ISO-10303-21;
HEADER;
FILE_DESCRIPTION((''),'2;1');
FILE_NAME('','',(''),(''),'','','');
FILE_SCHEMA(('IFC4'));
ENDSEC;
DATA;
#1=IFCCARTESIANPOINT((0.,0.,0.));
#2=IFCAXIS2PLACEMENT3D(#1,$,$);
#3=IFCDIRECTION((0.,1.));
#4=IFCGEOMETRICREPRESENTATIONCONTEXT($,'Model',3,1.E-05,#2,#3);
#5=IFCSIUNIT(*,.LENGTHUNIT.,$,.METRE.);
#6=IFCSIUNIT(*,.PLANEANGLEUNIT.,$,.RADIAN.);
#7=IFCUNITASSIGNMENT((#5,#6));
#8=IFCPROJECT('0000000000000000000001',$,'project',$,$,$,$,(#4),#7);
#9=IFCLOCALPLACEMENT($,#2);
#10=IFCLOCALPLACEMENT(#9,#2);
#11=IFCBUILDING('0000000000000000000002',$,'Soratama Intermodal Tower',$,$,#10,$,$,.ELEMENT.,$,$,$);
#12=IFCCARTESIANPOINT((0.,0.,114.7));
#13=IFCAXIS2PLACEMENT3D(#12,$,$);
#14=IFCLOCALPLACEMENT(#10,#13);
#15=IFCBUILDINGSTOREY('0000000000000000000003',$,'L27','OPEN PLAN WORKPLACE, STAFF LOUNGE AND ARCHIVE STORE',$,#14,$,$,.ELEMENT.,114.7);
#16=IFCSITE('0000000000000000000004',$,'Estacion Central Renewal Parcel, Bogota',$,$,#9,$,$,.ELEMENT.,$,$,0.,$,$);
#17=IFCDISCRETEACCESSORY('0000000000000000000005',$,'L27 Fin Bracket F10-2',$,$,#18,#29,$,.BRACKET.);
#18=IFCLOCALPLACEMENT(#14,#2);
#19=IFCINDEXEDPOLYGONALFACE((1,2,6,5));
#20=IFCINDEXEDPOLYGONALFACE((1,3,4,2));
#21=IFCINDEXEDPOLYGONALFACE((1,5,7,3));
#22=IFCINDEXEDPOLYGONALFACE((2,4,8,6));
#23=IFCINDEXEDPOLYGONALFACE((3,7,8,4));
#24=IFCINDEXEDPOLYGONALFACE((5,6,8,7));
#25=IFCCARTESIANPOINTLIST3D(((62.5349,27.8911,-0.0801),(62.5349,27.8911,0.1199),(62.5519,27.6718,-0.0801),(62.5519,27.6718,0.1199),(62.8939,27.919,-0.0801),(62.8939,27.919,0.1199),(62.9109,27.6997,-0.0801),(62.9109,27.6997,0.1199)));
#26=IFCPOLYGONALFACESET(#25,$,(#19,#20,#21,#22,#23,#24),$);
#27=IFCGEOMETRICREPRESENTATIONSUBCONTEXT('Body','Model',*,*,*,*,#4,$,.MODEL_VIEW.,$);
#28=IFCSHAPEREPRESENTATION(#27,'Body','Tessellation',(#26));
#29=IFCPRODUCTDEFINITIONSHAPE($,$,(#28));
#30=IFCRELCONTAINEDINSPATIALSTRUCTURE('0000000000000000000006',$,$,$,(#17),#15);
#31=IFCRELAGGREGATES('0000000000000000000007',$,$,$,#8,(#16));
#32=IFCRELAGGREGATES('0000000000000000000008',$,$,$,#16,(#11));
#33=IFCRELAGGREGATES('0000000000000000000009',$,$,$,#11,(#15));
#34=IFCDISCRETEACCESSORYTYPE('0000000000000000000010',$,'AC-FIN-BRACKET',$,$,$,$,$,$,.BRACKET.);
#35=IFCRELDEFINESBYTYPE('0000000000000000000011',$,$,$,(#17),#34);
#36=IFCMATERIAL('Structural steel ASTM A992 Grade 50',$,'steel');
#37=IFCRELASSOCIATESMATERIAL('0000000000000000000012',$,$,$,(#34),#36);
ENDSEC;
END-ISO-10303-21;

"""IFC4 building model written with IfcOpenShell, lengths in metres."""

from ifc_helpers import new_model, si_unit, direction, frame, origin, origin_2d, place, context, subcontext, project, spatial, rectangle, extrude, material, type_object, element, save


model = new_model("IFC4")

# Units and contexts
model_context = context("Model", 3, precision=1e-05, world=origin(), true_north=direction((0.0, 1.0)))
body_context = subcontext(model_context, "Body", "Model", "MODEL_VIEW")
ifc_project = project(units=[si_unit("LENGTHUNIT", "METRE"), si_unit("PLANEANGLEUNIT", "RADIAN")], contexts=[model_context])

# Site, building, storey
site_placement = place(None, origin())
site = spatial("IfcSite", under=ifc_project, at=site_placement, Name="Estacion Central Renewal Parcel, Bogota", CompositionType="ELEMENT", RefElevation=0.0)
building_placement = place(site_placement, origin())
building = spatial("IfcBuilding", under=site, at=building_placement, Name="Soratama Intermodal Tower", CompositionType="ELEMENT")
storey_placement = place(building_placement, frame((0.0, 0.0, 114.7)))
storey = spatial("IfcBuildingStorey", under=building, at=storey_placement, Name="L27", Description="OPEN PLAN WORKPLACE, STAFF LOUNGE AND ARCHIVE STORE", CompositionType="ELEMENT", Elevation=114.7)

# Discrete accessory
ifc_material_1 = material(Name="Structural steel ASTM A992 Grade 50", Category="steel")
discrete_accessory_type = type_object("IfcDiscreteAccessoryType", Name="AC-FIN-BRACKET", PredefinedType="BRACKET", material=ifc_material_1)
discrete_accessory_placement = place(storey_placement, frame((62.7229, 27.7954, -0.0801), z_axis=(0.0, 0.0, 1.0), x_axis=(0.996999, 0.077415, 0.0)))
element("IfcDiscreteAccessory", 1, at=discrete_accessory_placement, inside=storey, type_object=discrete_accessory_type, Name="L27 Fin Bracket F10-2", PredefinedType="BRACKET", context=body_context, shape_type="SweptSolid", body=[
    extrude(rectangle(XDim=0.3601, YDim=0.22, at=origin_2d()), origin(), (0.0, 0.0, 1.0), 0.2),
])

save(model, "model.ifc")
